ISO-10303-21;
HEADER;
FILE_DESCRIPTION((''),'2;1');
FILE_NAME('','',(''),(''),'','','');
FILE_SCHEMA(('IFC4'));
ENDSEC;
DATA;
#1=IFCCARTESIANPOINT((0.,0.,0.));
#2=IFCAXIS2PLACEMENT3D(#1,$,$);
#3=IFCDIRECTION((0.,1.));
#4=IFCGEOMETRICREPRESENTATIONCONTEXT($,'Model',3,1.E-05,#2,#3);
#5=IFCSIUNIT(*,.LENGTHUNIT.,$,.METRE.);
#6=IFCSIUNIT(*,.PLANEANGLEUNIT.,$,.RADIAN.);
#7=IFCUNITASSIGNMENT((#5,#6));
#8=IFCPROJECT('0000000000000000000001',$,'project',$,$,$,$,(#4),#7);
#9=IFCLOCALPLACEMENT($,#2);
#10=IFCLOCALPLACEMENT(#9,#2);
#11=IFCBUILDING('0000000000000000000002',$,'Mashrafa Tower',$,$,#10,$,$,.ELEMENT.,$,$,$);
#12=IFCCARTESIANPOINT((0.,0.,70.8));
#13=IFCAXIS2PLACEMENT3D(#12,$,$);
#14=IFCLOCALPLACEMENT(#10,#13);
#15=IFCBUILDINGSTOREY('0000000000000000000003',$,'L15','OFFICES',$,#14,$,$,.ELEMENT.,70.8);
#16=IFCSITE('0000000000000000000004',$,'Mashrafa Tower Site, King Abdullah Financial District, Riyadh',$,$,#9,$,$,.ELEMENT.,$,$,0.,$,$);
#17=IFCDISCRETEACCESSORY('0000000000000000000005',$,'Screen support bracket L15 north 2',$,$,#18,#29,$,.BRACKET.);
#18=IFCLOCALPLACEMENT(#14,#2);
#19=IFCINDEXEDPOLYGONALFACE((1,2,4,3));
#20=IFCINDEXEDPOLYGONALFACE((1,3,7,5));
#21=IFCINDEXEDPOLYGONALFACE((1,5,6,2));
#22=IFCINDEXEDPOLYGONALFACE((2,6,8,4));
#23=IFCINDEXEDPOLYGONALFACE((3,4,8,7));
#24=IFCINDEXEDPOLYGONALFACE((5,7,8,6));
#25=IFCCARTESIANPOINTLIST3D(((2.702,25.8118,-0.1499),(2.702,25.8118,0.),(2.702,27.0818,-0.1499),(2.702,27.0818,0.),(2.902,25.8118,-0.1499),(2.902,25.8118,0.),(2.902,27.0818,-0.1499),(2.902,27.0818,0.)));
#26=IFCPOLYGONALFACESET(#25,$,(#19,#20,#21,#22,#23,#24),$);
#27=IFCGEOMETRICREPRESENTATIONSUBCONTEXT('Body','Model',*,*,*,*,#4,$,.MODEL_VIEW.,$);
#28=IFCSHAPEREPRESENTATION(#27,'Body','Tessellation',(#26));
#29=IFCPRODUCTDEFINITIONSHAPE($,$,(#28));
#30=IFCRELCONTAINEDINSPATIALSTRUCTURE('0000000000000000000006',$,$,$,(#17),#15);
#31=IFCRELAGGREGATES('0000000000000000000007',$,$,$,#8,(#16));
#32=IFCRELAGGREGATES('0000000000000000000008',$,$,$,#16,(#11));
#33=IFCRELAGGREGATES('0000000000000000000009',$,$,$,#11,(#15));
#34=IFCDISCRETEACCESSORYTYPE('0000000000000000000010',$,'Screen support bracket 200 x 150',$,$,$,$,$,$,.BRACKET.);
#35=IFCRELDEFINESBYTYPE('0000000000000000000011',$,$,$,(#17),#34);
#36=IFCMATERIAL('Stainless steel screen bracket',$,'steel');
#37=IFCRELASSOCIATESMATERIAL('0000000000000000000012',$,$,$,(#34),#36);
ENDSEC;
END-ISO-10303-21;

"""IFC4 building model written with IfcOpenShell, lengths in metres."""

from ifc_helpers import new_model, si_unit, direction, frame, origin, origin_2d, place, context, subcontext, project, spatial, rectangle, extrude, source, transform, mapped, material, type_object, type_shapes, element, save


model = new_model("IFC4")

# Units and contexts
model_context = context("Model", 3, precision=1e-05, world=origin(), true_north=direction((0.0, 1.0)))
body_context = subcontext(model_context, "Body", "Model", "MODEL_VIEW")
ifc_project = project(units=[si_unit("LENGTHUNIT", "METRE"), si_unit("PLANEANGLEUNIT", "RADIAN")], contexts=[model_context])

# Site, building, storey
site_placement = place(None, origin())
site = spatial("IfcSite", under=ifc_project, at=site_placement, Name="Mashrafa Tower Site, King Abdullah Financial District, Riyadh", CompositionType="ELEMENT", RefElevation=0.0)
building_placement = place(site_placement, origin())
building = spatial("IfcBuilding", under=site, at=building_placement, Name="Mashrafa Tower", CompositionType="ELEMENT")
storey_placement = place(building_placement, frame((0.0, 0.0, 70.8)))
storey = spatial("IfcBuildingStorey", under=building, at=storey_placement, Name="L15", Description="OFFICES", CompositionType="ELEMENT", Elevation=70.8)

# Discrete accessory
ifc_material_1 = material(Name="Stainless steel screen bracket", Category="steel")
discrete_accessory_type = type_object("IfcDiscreteAccessoryType", Name="Screen support bracket 200 x 150", PredefinedType="BRACKET", material=ifc_material_1)
shared_shape_1 = source(origin(), body_context, "Body", "SweptSolid", [
    extrude(rectangle(XDim=0.2, YDim=1.27, at=origin_2d()), origin(), (0.0, 0.0, 1.0), 0.1499),
])
type_shapes(discrete_accessory_type, [shared_shape_1])
for number, where, z_axis, x_axis, name in (
    (1, (2.802, 26.4468, -0.1499), (0.0, 0.0, 1.0), (-1.0, 0.0, 0.0), "Screen support bracket L15 north 2"),
):
    element("IfcDiscreteAccessory", number, at=place(storey_placement, frame(where, z_axis=z_axis, x_axis=x_axis)), inside=storey, type_object=discrete_accessory_type, Name=name, PredefinedType="BRACKET", context=body_context, shape_type="MappedRepresentation", body=[
        mapped(shared_shape_1, transform((0.0, 0.0, 0.0))),
    ])

save(model, "model.ifc")
